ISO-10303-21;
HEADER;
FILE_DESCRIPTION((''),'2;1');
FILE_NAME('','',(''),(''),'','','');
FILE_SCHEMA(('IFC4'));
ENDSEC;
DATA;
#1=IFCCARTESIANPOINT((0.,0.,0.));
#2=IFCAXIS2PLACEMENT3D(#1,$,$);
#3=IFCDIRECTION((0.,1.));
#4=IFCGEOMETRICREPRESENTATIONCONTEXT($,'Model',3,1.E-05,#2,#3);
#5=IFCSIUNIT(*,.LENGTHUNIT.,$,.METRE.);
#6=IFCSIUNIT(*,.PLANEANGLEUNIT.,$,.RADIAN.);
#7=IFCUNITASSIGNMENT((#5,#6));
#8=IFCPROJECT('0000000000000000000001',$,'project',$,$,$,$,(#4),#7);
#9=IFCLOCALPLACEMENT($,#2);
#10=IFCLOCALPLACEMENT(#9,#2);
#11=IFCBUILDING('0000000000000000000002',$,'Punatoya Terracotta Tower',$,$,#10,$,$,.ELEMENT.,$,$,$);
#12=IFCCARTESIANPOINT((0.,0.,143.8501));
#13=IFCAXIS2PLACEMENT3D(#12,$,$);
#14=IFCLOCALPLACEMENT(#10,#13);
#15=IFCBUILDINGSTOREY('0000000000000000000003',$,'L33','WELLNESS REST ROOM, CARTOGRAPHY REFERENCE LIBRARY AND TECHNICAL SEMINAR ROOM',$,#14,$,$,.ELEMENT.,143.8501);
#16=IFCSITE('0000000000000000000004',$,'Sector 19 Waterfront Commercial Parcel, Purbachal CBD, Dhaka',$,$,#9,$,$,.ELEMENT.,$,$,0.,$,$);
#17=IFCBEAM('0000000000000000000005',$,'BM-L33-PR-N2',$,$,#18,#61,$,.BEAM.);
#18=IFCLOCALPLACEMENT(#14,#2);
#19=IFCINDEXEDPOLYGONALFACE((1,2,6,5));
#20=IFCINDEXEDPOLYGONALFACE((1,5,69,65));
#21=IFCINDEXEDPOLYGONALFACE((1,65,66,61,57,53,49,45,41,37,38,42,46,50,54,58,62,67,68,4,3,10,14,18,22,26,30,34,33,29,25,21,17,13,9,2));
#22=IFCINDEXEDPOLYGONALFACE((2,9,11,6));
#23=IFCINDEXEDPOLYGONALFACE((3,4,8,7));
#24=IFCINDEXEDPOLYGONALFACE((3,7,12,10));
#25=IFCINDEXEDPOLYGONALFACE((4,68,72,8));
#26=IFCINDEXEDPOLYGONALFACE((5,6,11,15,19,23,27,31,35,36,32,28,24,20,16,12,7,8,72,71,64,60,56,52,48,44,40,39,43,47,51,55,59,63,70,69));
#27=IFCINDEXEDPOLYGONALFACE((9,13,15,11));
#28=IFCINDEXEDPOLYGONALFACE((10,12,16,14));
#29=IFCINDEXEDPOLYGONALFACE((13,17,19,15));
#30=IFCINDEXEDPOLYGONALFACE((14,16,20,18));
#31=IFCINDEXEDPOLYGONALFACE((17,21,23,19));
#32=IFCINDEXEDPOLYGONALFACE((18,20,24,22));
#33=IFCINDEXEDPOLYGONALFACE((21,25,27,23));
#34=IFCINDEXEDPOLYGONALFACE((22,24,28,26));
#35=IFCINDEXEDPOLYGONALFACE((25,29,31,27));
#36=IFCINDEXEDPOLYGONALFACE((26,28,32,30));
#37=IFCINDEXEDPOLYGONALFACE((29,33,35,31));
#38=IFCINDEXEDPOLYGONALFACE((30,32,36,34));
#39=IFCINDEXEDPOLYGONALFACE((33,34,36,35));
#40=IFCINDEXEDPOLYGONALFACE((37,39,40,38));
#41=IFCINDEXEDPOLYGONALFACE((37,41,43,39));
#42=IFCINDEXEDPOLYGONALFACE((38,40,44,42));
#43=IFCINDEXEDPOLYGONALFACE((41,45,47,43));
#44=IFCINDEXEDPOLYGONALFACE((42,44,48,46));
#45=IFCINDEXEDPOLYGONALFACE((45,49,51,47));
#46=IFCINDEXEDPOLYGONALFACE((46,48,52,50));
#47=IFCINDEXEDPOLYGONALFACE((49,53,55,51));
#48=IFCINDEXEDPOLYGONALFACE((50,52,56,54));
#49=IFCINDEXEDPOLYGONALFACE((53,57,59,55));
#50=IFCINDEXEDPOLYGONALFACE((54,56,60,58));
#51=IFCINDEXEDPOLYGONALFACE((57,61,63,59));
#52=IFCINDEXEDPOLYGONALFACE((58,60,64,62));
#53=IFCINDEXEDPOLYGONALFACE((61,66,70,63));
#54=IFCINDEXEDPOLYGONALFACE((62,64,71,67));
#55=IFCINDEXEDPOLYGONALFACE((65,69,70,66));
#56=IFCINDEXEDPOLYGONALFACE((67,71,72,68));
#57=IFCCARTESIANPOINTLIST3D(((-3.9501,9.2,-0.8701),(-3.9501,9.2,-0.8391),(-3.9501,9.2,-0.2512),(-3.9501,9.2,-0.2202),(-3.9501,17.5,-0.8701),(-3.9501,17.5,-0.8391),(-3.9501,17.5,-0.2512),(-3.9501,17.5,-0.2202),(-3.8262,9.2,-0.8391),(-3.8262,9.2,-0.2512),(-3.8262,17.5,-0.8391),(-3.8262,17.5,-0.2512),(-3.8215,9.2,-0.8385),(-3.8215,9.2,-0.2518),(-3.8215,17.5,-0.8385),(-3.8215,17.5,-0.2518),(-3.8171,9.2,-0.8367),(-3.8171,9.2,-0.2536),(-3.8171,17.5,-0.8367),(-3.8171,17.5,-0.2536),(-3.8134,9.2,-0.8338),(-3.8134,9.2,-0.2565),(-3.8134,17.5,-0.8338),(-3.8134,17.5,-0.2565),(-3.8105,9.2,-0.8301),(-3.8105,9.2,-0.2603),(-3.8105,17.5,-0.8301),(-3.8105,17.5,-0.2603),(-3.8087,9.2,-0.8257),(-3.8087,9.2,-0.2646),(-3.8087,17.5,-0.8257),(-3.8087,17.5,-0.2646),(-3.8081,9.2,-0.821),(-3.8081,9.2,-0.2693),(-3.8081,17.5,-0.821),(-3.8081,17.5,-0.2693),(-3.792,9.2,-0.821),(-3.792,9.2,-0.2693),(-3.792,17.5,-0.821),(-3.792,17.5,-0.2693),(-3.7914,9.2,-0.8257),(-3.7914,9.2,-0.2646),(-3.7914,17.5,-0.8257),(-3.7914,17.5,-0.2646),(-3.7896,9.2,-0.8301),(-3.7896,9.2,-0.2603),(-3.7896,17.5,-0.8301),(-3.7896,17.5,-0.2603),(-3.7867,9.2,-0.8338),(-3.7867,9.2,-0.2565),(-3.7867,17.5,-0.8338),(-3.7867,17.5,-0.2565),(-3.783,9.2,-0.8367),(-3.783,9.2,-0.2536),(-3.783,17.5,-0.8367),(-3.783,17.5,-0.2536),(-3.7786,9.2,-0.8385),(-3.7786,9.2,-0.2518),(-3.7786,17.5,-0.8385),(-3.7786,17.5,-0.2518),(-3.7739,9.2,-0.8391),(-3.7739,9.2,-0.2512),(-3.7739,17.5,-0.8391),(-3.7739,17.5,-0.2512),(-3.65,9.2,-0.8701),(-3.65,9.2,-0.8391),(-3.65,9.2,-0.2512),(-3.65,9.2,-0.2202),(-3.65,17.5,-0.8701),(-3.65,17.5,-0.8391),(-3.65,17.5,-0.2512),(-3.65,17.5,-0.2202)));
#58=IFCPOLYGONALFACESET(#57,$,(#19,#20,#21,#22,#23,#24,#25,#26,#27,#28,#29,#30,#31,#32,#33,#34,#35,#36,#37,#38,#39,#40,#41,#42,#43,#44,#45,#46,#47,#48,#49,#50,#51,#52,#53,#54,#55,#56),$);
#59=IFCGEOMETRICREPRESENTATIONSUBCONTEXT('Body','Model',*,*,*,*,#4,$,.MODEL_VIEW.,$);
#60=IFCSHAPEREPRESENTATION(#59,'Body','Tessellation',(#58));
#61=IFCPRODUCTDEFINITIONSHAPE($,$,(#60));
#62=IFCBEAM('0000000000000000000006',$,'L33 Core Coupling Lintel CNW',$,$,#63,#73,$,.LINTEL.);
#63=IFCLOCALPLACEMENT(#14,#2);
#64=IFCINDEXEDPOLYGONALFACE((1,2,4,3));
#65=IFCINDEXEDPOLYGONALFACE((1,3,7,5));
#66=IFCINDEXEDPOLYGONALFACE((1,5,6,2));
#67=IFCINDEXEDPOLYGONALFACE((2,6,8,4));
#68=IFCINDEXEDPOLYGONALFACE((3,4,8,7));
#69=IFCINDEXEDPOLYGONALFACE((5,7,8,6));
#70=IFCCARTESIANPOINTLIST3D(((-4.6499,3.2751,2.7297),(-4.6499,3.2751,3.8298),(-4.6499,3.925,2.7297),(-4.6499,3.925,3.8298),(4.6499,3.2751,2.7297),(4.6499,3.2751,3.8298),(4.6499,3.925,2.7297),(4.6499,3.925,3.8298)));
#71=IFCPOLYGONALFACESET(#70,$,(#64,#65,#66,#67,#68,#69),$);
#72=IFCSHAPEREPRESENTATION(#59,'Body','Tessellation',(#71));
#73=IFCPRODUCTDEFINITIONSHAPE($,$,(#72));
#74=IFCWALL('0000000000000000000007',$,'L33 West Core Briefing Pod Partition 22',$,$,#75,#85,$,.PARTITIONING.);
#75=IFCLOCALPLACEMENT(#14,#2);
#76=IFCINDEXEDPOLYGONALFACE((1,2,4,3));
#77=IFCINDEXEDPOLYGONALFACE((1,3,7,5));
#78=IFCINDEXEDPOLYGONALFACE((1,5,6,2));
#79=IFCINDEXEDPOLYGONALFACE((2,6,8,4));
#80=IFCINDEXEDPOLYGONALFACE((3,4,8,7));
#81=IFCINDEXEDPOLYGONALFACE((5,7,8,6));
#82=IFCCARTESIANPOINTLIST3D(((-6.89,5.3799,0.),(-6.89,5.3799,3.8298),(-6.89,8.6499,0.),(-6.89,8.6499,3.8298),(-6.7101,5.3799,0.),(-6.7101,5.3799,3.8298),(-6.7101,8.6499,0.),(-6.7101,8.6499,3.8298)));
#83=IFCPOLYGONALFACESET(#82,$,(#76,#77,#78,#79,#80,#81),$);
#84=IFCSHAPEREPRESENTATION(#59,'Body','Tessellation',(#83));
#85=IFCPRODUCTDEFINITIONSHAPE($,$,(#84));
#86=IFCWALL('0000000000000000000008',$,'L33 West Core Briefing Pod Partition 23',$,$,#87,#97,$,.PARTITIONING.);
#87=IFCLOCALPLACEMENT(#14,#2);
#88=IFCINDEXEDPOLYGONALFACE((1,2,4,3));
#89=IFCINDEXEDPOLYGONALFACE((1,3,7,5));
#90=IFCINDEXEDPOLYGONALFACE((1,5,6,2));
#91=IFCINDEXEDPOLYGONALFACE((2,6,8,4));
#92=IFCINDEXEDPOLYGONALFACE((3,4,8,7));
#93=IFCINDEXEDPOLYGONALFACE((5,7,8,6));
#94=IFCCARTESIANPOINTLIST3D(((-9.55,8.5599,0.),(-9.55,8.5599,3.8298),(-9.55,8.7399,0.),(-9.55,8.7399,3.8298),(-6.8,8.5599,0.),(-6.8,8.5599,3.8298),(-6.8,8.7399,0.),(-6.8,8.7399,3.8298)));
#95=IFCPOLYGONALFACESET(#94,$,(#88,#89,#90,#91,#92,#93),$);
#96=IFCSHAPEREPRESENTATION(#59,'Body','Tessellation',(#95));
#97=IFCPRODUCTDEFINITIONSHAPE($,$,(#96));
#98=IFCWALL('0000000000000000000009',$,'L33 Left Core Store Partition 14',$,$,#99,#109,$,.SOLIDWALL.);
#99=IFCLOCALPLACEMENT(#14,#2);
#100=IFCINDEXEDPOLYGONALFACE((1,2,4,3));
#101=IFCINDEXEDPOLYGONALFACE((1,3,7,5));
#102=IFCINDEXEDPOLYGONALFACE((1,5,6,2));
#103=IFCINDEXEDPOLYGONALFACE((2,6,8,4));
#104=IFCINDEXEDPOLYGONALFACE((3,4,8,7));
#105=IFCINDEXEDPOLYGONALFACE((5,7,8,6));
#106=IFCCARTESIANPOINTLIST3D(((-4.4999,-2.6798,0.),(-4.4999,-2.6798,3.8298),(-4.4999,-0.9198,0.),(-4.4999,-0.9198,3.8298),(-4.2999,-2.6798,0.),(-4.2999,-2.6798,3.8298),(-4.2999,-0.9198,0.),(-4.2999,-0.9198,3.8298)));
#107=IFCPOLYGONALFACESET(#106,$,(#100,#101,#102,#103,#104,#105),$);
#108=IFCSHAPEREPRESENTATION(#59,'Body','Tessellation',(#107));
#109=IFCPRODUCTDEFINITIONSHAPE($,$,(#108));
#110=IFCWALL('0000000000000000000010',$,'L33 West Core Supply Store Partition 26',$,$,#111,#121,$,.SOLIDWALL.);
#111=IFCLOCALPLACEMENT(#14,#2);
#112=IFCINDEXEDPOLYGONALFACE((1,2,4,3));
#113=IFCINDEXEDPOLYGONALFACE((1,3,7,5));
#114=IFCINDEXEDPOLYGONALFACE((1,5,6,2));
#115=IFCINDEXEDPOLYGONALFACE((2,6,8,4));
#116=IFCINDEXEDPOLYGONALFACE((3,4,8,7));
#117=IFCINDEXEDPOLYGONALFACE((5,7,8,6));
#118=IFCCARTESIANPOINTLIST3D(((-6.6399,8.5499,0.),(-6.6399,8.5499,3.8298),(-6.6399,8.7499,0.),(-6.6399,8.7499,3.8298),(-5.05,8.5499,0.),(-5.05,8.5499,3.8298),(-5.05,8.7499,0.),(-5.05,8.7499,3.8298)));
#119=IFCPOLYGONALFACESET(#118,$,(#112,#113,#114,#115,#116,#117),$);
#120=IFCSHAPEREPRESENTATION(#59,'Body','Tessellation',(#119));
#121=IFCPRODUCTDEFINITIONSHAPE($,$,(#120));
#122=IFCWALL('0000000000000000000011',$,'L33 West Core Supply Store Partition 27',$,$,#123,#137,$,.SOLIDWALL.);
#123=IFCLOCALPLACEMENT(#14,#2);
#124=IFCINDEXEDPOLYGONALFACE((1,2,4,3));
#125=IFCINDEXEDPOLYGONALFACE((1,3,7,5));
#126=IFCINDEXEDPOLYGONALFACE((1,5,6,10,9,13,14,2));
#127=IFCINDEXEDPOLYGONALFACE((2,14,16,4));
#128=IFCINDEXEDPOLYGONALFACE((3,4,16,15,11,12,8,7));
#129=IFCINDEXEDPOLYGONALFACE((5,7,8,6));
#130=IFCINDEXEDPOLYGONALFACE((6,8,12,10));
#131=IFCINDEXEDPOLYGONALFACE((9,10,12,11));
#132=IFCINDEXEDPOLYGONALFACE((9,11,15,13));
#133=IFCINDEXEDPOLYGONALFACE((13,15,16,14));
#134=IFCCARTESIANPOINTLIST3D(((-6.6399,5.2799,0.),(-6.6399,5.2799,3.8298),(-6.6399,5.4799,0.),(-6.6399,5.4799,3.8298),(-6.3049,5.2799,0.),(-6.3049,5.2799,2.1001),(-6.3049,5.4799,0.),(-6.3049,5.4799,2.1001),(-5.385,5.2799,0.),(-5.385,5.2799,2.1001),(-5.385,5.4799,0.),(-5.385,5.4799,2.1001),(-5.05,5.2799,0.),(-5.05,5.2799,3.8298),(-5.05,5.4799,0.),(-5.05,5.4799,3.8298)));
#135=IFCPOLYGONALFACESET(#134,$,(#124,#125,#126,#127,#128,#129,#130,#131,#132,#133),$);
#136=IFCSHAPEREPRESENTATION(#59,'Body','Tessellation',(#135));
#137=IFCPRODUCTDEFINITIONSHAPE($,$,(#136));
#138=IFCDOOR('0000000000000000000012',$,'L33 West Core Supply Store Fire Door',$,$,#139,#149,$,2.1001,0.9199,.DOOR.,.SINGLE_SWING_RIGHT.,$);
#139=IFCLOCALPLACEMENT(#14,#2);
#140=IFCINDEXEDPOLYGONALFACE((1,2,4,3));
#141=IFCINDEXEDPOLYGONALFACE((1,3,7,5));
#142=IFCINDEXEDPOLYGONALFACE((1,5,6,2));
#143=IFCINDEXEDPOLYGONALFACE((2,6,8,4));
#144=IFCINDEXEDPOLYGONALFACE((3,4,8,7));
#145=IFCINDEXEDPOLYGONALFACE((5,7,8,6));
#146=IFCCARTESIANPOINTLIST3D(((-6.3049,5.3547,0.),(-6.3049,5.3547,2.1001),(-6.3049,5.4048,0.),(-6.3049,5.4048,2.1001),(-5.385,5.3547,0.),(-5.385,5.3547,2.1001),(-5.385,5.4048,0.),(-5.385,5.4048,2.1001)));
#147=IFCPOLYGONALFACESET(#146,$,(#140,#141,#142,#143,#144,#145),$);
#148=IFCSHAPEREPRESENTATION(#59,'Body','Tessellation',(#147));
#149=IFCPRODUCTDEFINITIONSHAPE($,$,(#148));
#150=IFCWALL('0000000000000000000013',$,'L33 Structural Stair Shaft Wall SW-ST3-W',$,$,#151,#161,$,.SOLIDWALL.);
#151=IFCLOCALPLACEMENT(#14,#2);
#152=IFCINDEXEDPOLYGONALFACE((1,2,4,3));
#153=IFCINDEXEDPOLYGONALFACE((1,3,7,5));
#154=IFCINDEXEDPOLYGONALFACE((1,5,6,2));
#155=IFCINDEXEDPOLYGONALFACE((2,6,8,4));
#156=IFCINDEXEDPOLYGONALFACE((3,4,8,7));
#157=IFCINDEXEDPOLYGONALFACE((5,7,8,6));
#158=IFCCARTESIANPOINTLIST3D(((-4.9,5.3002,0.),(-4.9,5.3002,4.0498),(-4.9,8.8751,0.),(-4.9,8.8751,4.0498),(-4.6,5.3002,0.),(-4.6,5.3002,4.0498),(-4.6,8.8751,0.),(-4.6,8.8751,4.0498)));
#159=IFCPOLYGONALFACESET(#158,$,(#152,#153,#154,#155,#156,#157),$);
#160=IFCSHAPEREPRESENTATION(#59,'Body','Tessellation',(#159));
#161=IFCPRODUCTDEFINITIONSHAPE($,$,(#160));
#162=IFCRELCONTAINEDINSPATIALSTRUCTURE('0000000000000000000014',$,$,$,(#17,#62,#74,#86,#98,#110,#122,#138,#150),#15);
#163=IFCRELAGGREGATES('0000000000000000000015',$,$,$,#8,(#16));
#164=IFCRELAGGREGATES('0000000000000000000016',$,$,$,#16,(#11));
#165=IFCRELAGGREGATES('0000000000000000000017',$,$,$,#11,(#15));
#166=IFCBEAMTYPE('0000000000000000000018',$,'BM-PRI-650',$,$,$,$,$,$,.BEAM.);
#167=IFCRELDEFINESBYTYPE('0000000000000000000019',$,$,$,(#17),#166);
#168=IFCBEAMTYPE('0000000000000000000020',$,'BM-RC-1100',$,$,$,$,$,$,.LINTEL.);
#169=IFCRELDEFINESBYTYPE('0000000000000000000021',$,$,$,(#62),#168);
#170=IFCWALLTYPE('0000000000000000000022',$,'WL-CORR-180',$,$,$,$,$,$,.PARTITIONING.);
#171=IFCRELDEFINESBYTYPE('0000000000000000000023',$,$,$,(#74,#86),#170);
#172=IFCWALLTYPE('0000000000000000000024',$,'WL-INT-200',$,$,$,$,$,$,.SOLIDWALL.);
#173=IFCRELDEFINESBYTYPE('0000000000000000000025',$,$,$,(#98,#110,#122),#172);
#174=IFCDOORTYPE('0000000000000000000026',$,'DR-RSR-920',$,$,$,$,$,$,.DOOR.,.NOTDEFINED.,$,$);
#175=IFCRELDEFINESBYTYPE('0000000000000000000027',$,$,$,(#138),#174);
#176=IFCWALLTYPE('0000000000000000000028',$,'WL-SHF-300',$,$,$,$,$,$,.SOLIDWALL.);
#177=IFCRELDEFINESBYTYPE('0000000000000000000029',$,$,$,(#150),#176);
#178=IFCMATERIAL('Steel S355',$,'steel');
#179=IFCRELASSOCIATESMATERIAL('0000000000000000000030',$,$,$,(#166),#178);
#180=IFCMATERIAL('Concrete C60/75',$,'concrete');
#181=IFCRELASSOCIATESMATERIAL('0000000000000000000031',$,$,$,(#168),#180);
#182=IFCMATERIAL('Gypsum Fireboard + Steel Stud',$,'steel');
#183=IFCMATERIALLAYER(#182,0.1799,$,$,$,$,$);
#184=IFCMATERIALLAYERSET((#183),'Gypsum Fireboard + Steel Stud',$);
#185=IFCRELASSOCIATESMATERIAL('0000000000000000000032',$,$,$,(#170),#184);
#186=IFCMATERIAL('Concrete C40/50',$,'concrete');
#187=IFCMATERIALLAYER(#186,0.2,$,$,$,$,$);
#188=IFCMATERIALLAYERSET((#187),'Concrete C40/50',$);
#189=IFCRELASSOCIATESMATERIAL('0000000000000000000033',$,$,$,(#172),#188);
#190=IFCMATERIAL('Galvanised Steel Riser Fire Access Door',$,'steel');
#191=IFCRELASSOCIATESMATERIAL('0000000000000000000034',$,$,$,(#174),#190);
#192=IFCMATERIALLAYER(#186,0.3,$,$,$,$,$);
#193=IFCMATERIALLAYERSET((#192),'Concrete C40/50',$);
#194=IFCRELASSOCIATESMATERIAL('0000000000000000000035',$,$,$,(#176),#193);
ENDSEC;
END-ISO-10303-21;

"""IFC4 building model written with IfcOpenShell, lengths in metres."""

from ifc_helpers import new_model, si_unit, direction, frame, frame_2d, origin, origin_2d, place, context, subcontext, project, spatial, rectangle, i_section, extrude, material, layer, layer_set, material_profile, profile_set, type_object, element, fill, save


model = new_model("IFC4")

# Units and contexts
model_context = context("Model", 3, precision=1e-05, world=origin(), true_north=direction((0.0, 1.0)))
body_context = subcontext(model_context, "Body", "Model", "MODEL_VIEW")
ifc_project = project(units=[si_unit("LENGTHUNIT", "METRE"), si_unit("PLANEANGLEUNIT", "RADIAN")], contexts=[model_context])

# Site, building, storey
site_placement = place(None, origin())
site = spatial("IfcSite", under=ifc_project, at=site_placement, Name="Sector 19 Waterfront Commercial Parcel, Purbachal CBD, Dhaka", CompositionType="ELEMENT", RefElevation=0.0)
building_placement = place(site_placement, origin())
building = spatial("IfcBuilding", under=site, at=building_placement, Name="Punatoya Terracotta Tower", CompositionType="ELEMENT")
storey_placement = place(building_placement, frame((0.0, 0.0, 143.8501)))
storey = spatial("IfcBuildingStorey", under=building, at=storey_placement, Name="L33", Description="WELLNESS REST ROOM, CARTOGRAPHY REFERENCE LIBRARY AND TECHNICAL SEMINAR ROOM", CompositionType="ELEMENT", Elevation=143.8501)

# Beams
ifc_material_1 = material(Name="Steel S355", Category="steel")
ifc_material_profile_1 = material_profile(ifc_material_1, i_section(OverallWidth=0.3, OverallDepth=0.6499, WebThickness=0.0161, FlangeThickness=0.031, FilletRadius=0.0181, at=origin_2d()))
ifc_profile_set_1 = profile_set([ifc_material_profile_1], Name="Steel S355")
beam_type_1 = type_object("IfcBeamType", Name="BM-PRI-650", PredefinedType="BEAM", material=ifc_profile_set_1)
beam_1_placement = place(storey_placement, frame((-3.8, 9.2, -0.5452), z_axis=(0.0, 1.0, 0.0), x_axis=(-1.0, 0.0, 0.0)))
element("IfcBeam", 1, at=beam_1_placement, inside=storey, type_object=beam_type_1, Name="BM-L33-PR-N2", PredefinedType="BEAM", context=body_context, shape_type="SweptSolid", body=[
    extrude(i_section(OverallWidth=0.3, OverallDepth=0.6499, WebThickness=0.0161, FlangeThickness=0.031, FilletRadius=0.0181, at=origin_2d()), origin(), (0.0, 0.0, 1.0), 8.3),
])
ifc_material_2 = material(Name="Concrete C60/75", Category="concrete")
ifc_material_profile_2 = material_profile(ifc_material_2, rectangle(XDim=0.6499, YDim=1.1001, at=origin_2d()))
ifc_profile_set_2 = profile_set([ifc_material_profile_2], Name="Concrete C60/75")
beam_type_2 = type_object("IfcBeamType", Name="BM-RC-1100", PredefinedType="LINTEL", material=ifc_profile_set_2)
beam_2_placement = place(storey_placement, frame((-4.6499, 3.6001, 3.2798), z_axis=(1.0, 0.0, 0.0), x_axis=(0.0, 1.0, 0.0)))
element("IfcBeam", 2, at=beam_2_placement, inside=storey, type_object=beam_type_2, Name="L33 Core Coupling Lintel CNW", PredefinedType="LINTEL", context=body_context, shape_type="SweptSolid", body=[
    extrude(rectangle(XDim=0.6499, YDim=1.1001, at=origin_2d()), origin(), (0.0, 0.0, 1.0), 9.2998),
])

# Walls
ifc_material_3 = material(Name="Gypsum Fireboard + Steel Stud", Category="steel")
ifc_layer_1 = layer(ifc_material_3, 0.1799)
ifc_layer_set_1 = layer_set([ifc_layer_1], Name="Gypsum Fireboard + Steel Stud")
wall_type_1 = type_object("IfcWallType", Name="WL-CORR-180", PredefinedType="PARTITIONING", material=ifc_layer_set_1)
wall_1_placement = place(storey_placement, frame((-6.8, 5.3799, 0.0), z_axis=(0.0, 0.0, 1.0), x_axis=(0.0, 1.0, 0.0)))
element("IfcWall", 3, at=wall_1_placement, inside=storey, type_object=wall_type_1, Name="L33 West Core Briefing Pod Partition 22", PredefinedType="PARTITIONING", context=body_context, shape_type="SweptSolid", body=[
    extrude(rectangle(XDim=3.27, YDim=0.1799, at=frame_2d((1.635, 0.0))), origin(), (0.0, 0.0, 1.0), 3.8298),
])
wall_2_placement = place(storey_placement, frame((-6.8, 8.6499, 0.0), z_axis=(0.0, 0.0, 1.0), x_axis=(-1.0, 0.0, 0.0)))
element("IfcWall", 4, at=wall_2_placement, inside=storey, type_object=wall_type_1, Name="L33 West Core Briefing Pod Partition 23", PredefinedType="PARTITIONING", context=body_context, shape_type="SweptSolid", body=[
    extrude(rectangle(XDim=2.75, YDim=0.1799, at=frame_2d((1.375, 0.0))), origin(), (0.0, 0.0, 1.0), 3.8298),
])
ifc_material_4 = material(Name="Concrete C40/50", Category="concrete")
ifc_layer_2 = layer(ifc_material_4, 0.2)
ifc_layer_set_2 = layer_set([ifc_layer_2], Name="Concrete C40/50")
wall_type_2 = type_object("IfcWallType", Name="WL-INT-200", PredefinedType="SOLIDWALL", material=ifc_layer_set_2)
wall_3_placement = place(storey_placement, frame((-4.3999, -0.9199, 0.0), z_axis=(0.0, 0.0, 1.0), x_axis=(0.0, -1.0, 0.0)))
element("IfcWall", 5, at=wall_3_placement, inside=storey, type_object=wall_type_2, Name="L33 Left Core Store Partition 14", PredefinedType="SOLIDWALL", context=body_context, shape_type="SweptSolid", body=[
    extrude(rectangle(XDim=1.76, YDim=0.2, at=frame_2d((0.8799, 0.0))), origin(), (0.0, 0.0, 1.0), 3.8298),
])
wall_4_placement = place(storey_placement, frame((-5.05, 8.6499, 0.0), z_axis=(0.0, 0.0, 1.0), x_axis=(-1.0, 0.0, 0.0)))
element("IfcWall", 6, at=wall_4_placement, inside=storey, type_object=wall_type_2, Name="L33 West Core Supply Store Partition 26", PredefinedType="SOLIDWALL", context=body_context, shape_type="SweptSolid", body=[
    extrude(rectangle(XDim=1.5898, YDim=0.2, at=frame_2d((0.7949, 0.0))), origin(), (0.0, 0.0, 1.0), 3.8298),
])

# Wall, opening, door
wall_5_placement = place(storey_placement, frame((-6.6399, 5.3799, 0.0), z_axis=(0.0, 0.0, 1.0), x_axis=(1.0, 0.0, 0.0)))
wall_5 = element("IfcWall", 7, at=wall_5_placement, inside=storey, type_object=wall_type_2, Name="L33 West Core Supply Store Partition 27", PredefinedType="SOLIDWALL", context=body_context, shape_type="SweptSolid", body=[
    extrude(rectangle(XDim=1.5898, YDim=0.2, at=frame_2d((0.7949, 0.0))), origin(), (0.0, 0.0, 1.0), 3.8298),
])
opening_1_placement = place(wall_5_placement, frame((0.335, 0.0, 0.0)))
opening_1 = element("IfcOpeningElement", 8, at=opening_1_placement, cuts=wall_5, PredefinedType="OPENING", context=body_context, shape_type="SweptSolid", body=[
    extrude(rectangle(XDim=0.9199, YDim=2.1001, at=frame_2d((0.46, 1.05))), frame((0.0, 0.1099, 0.0), z_axis=(0.0, -1.0, 0.0), x_axis=(1.0, 0.0, 0.0)), (0.0, 0.0, 1.0), 0.22),
])
ifc_material_5 = material(Name="Galvanised Steel Riser Fire Access Door", Category="steel")
door_type_1 = type_object("IfcDoorType", Name="DR-RSR-920", OperationType="NOTDEFINED", PredefinedType="DOOR", material=ifc_material_5)
door_1_placement = place(opening_1_placement, origin())
door_1 = element("IfcDoor", 9, at=door_1_placement, inside=storey, type_object=door_type_1, Name="L33 West Core Supply Store Fire Door", OperationType="SINGLE_SWING_RIGHT", OverallHeight=2.1001, OverallWidth=0.9199, PredefinedType="DOOR", context=body_context, shape_type="SweptSolid", body=[
    extrude(rectangle(XDim=0.9199, YDim=2.1001, at=frame_2d((0.46, 1.05))), frame((0.0, 0.0249, 0.0), z_axis=(0.0, -1.0, 0.0), x_axis=(1.0, 0.0, 0.0)), (0.0, 0.0, 1.0), 0.05),
])
fill(opening_1, door_1)

# Wall
ifc_layer_3 = layer(ifc_material_4, 0.3)
ifc_layer_set_3 = layer_set([ifc_layer_3], Name="Concrete C40/50")
wall_type_3 = type_object("IfcWallType", Name="WL-SHF-300", PredefinedType="SOLIDWALL", material=ifc_layer_set_3)
wall_6_placement = place(storey_placement, frame((-4.75, 5.3, 0.0), z_axis=(0.0, 0.0, 1.0), x_axis=(0.0, 1.0, 0.0)))
element("IfcWall", 10, at=wall_6_placement, inside=storey, type_object=wall_type_3, Name="L33 Structural Stair Shaft Wall SW-ST3-W", PredefinedType="SOLIDWALL", context=body_context, shape_type="SweptSolid", body=[
    extrude(rectangle(XDim=3.575, YDim=0.3, at=frame_2d((1.7876, 0.0))), origin(), (0.0, 0.0, 1.0), 4.0498),
])

save(model, "model.ifc")
